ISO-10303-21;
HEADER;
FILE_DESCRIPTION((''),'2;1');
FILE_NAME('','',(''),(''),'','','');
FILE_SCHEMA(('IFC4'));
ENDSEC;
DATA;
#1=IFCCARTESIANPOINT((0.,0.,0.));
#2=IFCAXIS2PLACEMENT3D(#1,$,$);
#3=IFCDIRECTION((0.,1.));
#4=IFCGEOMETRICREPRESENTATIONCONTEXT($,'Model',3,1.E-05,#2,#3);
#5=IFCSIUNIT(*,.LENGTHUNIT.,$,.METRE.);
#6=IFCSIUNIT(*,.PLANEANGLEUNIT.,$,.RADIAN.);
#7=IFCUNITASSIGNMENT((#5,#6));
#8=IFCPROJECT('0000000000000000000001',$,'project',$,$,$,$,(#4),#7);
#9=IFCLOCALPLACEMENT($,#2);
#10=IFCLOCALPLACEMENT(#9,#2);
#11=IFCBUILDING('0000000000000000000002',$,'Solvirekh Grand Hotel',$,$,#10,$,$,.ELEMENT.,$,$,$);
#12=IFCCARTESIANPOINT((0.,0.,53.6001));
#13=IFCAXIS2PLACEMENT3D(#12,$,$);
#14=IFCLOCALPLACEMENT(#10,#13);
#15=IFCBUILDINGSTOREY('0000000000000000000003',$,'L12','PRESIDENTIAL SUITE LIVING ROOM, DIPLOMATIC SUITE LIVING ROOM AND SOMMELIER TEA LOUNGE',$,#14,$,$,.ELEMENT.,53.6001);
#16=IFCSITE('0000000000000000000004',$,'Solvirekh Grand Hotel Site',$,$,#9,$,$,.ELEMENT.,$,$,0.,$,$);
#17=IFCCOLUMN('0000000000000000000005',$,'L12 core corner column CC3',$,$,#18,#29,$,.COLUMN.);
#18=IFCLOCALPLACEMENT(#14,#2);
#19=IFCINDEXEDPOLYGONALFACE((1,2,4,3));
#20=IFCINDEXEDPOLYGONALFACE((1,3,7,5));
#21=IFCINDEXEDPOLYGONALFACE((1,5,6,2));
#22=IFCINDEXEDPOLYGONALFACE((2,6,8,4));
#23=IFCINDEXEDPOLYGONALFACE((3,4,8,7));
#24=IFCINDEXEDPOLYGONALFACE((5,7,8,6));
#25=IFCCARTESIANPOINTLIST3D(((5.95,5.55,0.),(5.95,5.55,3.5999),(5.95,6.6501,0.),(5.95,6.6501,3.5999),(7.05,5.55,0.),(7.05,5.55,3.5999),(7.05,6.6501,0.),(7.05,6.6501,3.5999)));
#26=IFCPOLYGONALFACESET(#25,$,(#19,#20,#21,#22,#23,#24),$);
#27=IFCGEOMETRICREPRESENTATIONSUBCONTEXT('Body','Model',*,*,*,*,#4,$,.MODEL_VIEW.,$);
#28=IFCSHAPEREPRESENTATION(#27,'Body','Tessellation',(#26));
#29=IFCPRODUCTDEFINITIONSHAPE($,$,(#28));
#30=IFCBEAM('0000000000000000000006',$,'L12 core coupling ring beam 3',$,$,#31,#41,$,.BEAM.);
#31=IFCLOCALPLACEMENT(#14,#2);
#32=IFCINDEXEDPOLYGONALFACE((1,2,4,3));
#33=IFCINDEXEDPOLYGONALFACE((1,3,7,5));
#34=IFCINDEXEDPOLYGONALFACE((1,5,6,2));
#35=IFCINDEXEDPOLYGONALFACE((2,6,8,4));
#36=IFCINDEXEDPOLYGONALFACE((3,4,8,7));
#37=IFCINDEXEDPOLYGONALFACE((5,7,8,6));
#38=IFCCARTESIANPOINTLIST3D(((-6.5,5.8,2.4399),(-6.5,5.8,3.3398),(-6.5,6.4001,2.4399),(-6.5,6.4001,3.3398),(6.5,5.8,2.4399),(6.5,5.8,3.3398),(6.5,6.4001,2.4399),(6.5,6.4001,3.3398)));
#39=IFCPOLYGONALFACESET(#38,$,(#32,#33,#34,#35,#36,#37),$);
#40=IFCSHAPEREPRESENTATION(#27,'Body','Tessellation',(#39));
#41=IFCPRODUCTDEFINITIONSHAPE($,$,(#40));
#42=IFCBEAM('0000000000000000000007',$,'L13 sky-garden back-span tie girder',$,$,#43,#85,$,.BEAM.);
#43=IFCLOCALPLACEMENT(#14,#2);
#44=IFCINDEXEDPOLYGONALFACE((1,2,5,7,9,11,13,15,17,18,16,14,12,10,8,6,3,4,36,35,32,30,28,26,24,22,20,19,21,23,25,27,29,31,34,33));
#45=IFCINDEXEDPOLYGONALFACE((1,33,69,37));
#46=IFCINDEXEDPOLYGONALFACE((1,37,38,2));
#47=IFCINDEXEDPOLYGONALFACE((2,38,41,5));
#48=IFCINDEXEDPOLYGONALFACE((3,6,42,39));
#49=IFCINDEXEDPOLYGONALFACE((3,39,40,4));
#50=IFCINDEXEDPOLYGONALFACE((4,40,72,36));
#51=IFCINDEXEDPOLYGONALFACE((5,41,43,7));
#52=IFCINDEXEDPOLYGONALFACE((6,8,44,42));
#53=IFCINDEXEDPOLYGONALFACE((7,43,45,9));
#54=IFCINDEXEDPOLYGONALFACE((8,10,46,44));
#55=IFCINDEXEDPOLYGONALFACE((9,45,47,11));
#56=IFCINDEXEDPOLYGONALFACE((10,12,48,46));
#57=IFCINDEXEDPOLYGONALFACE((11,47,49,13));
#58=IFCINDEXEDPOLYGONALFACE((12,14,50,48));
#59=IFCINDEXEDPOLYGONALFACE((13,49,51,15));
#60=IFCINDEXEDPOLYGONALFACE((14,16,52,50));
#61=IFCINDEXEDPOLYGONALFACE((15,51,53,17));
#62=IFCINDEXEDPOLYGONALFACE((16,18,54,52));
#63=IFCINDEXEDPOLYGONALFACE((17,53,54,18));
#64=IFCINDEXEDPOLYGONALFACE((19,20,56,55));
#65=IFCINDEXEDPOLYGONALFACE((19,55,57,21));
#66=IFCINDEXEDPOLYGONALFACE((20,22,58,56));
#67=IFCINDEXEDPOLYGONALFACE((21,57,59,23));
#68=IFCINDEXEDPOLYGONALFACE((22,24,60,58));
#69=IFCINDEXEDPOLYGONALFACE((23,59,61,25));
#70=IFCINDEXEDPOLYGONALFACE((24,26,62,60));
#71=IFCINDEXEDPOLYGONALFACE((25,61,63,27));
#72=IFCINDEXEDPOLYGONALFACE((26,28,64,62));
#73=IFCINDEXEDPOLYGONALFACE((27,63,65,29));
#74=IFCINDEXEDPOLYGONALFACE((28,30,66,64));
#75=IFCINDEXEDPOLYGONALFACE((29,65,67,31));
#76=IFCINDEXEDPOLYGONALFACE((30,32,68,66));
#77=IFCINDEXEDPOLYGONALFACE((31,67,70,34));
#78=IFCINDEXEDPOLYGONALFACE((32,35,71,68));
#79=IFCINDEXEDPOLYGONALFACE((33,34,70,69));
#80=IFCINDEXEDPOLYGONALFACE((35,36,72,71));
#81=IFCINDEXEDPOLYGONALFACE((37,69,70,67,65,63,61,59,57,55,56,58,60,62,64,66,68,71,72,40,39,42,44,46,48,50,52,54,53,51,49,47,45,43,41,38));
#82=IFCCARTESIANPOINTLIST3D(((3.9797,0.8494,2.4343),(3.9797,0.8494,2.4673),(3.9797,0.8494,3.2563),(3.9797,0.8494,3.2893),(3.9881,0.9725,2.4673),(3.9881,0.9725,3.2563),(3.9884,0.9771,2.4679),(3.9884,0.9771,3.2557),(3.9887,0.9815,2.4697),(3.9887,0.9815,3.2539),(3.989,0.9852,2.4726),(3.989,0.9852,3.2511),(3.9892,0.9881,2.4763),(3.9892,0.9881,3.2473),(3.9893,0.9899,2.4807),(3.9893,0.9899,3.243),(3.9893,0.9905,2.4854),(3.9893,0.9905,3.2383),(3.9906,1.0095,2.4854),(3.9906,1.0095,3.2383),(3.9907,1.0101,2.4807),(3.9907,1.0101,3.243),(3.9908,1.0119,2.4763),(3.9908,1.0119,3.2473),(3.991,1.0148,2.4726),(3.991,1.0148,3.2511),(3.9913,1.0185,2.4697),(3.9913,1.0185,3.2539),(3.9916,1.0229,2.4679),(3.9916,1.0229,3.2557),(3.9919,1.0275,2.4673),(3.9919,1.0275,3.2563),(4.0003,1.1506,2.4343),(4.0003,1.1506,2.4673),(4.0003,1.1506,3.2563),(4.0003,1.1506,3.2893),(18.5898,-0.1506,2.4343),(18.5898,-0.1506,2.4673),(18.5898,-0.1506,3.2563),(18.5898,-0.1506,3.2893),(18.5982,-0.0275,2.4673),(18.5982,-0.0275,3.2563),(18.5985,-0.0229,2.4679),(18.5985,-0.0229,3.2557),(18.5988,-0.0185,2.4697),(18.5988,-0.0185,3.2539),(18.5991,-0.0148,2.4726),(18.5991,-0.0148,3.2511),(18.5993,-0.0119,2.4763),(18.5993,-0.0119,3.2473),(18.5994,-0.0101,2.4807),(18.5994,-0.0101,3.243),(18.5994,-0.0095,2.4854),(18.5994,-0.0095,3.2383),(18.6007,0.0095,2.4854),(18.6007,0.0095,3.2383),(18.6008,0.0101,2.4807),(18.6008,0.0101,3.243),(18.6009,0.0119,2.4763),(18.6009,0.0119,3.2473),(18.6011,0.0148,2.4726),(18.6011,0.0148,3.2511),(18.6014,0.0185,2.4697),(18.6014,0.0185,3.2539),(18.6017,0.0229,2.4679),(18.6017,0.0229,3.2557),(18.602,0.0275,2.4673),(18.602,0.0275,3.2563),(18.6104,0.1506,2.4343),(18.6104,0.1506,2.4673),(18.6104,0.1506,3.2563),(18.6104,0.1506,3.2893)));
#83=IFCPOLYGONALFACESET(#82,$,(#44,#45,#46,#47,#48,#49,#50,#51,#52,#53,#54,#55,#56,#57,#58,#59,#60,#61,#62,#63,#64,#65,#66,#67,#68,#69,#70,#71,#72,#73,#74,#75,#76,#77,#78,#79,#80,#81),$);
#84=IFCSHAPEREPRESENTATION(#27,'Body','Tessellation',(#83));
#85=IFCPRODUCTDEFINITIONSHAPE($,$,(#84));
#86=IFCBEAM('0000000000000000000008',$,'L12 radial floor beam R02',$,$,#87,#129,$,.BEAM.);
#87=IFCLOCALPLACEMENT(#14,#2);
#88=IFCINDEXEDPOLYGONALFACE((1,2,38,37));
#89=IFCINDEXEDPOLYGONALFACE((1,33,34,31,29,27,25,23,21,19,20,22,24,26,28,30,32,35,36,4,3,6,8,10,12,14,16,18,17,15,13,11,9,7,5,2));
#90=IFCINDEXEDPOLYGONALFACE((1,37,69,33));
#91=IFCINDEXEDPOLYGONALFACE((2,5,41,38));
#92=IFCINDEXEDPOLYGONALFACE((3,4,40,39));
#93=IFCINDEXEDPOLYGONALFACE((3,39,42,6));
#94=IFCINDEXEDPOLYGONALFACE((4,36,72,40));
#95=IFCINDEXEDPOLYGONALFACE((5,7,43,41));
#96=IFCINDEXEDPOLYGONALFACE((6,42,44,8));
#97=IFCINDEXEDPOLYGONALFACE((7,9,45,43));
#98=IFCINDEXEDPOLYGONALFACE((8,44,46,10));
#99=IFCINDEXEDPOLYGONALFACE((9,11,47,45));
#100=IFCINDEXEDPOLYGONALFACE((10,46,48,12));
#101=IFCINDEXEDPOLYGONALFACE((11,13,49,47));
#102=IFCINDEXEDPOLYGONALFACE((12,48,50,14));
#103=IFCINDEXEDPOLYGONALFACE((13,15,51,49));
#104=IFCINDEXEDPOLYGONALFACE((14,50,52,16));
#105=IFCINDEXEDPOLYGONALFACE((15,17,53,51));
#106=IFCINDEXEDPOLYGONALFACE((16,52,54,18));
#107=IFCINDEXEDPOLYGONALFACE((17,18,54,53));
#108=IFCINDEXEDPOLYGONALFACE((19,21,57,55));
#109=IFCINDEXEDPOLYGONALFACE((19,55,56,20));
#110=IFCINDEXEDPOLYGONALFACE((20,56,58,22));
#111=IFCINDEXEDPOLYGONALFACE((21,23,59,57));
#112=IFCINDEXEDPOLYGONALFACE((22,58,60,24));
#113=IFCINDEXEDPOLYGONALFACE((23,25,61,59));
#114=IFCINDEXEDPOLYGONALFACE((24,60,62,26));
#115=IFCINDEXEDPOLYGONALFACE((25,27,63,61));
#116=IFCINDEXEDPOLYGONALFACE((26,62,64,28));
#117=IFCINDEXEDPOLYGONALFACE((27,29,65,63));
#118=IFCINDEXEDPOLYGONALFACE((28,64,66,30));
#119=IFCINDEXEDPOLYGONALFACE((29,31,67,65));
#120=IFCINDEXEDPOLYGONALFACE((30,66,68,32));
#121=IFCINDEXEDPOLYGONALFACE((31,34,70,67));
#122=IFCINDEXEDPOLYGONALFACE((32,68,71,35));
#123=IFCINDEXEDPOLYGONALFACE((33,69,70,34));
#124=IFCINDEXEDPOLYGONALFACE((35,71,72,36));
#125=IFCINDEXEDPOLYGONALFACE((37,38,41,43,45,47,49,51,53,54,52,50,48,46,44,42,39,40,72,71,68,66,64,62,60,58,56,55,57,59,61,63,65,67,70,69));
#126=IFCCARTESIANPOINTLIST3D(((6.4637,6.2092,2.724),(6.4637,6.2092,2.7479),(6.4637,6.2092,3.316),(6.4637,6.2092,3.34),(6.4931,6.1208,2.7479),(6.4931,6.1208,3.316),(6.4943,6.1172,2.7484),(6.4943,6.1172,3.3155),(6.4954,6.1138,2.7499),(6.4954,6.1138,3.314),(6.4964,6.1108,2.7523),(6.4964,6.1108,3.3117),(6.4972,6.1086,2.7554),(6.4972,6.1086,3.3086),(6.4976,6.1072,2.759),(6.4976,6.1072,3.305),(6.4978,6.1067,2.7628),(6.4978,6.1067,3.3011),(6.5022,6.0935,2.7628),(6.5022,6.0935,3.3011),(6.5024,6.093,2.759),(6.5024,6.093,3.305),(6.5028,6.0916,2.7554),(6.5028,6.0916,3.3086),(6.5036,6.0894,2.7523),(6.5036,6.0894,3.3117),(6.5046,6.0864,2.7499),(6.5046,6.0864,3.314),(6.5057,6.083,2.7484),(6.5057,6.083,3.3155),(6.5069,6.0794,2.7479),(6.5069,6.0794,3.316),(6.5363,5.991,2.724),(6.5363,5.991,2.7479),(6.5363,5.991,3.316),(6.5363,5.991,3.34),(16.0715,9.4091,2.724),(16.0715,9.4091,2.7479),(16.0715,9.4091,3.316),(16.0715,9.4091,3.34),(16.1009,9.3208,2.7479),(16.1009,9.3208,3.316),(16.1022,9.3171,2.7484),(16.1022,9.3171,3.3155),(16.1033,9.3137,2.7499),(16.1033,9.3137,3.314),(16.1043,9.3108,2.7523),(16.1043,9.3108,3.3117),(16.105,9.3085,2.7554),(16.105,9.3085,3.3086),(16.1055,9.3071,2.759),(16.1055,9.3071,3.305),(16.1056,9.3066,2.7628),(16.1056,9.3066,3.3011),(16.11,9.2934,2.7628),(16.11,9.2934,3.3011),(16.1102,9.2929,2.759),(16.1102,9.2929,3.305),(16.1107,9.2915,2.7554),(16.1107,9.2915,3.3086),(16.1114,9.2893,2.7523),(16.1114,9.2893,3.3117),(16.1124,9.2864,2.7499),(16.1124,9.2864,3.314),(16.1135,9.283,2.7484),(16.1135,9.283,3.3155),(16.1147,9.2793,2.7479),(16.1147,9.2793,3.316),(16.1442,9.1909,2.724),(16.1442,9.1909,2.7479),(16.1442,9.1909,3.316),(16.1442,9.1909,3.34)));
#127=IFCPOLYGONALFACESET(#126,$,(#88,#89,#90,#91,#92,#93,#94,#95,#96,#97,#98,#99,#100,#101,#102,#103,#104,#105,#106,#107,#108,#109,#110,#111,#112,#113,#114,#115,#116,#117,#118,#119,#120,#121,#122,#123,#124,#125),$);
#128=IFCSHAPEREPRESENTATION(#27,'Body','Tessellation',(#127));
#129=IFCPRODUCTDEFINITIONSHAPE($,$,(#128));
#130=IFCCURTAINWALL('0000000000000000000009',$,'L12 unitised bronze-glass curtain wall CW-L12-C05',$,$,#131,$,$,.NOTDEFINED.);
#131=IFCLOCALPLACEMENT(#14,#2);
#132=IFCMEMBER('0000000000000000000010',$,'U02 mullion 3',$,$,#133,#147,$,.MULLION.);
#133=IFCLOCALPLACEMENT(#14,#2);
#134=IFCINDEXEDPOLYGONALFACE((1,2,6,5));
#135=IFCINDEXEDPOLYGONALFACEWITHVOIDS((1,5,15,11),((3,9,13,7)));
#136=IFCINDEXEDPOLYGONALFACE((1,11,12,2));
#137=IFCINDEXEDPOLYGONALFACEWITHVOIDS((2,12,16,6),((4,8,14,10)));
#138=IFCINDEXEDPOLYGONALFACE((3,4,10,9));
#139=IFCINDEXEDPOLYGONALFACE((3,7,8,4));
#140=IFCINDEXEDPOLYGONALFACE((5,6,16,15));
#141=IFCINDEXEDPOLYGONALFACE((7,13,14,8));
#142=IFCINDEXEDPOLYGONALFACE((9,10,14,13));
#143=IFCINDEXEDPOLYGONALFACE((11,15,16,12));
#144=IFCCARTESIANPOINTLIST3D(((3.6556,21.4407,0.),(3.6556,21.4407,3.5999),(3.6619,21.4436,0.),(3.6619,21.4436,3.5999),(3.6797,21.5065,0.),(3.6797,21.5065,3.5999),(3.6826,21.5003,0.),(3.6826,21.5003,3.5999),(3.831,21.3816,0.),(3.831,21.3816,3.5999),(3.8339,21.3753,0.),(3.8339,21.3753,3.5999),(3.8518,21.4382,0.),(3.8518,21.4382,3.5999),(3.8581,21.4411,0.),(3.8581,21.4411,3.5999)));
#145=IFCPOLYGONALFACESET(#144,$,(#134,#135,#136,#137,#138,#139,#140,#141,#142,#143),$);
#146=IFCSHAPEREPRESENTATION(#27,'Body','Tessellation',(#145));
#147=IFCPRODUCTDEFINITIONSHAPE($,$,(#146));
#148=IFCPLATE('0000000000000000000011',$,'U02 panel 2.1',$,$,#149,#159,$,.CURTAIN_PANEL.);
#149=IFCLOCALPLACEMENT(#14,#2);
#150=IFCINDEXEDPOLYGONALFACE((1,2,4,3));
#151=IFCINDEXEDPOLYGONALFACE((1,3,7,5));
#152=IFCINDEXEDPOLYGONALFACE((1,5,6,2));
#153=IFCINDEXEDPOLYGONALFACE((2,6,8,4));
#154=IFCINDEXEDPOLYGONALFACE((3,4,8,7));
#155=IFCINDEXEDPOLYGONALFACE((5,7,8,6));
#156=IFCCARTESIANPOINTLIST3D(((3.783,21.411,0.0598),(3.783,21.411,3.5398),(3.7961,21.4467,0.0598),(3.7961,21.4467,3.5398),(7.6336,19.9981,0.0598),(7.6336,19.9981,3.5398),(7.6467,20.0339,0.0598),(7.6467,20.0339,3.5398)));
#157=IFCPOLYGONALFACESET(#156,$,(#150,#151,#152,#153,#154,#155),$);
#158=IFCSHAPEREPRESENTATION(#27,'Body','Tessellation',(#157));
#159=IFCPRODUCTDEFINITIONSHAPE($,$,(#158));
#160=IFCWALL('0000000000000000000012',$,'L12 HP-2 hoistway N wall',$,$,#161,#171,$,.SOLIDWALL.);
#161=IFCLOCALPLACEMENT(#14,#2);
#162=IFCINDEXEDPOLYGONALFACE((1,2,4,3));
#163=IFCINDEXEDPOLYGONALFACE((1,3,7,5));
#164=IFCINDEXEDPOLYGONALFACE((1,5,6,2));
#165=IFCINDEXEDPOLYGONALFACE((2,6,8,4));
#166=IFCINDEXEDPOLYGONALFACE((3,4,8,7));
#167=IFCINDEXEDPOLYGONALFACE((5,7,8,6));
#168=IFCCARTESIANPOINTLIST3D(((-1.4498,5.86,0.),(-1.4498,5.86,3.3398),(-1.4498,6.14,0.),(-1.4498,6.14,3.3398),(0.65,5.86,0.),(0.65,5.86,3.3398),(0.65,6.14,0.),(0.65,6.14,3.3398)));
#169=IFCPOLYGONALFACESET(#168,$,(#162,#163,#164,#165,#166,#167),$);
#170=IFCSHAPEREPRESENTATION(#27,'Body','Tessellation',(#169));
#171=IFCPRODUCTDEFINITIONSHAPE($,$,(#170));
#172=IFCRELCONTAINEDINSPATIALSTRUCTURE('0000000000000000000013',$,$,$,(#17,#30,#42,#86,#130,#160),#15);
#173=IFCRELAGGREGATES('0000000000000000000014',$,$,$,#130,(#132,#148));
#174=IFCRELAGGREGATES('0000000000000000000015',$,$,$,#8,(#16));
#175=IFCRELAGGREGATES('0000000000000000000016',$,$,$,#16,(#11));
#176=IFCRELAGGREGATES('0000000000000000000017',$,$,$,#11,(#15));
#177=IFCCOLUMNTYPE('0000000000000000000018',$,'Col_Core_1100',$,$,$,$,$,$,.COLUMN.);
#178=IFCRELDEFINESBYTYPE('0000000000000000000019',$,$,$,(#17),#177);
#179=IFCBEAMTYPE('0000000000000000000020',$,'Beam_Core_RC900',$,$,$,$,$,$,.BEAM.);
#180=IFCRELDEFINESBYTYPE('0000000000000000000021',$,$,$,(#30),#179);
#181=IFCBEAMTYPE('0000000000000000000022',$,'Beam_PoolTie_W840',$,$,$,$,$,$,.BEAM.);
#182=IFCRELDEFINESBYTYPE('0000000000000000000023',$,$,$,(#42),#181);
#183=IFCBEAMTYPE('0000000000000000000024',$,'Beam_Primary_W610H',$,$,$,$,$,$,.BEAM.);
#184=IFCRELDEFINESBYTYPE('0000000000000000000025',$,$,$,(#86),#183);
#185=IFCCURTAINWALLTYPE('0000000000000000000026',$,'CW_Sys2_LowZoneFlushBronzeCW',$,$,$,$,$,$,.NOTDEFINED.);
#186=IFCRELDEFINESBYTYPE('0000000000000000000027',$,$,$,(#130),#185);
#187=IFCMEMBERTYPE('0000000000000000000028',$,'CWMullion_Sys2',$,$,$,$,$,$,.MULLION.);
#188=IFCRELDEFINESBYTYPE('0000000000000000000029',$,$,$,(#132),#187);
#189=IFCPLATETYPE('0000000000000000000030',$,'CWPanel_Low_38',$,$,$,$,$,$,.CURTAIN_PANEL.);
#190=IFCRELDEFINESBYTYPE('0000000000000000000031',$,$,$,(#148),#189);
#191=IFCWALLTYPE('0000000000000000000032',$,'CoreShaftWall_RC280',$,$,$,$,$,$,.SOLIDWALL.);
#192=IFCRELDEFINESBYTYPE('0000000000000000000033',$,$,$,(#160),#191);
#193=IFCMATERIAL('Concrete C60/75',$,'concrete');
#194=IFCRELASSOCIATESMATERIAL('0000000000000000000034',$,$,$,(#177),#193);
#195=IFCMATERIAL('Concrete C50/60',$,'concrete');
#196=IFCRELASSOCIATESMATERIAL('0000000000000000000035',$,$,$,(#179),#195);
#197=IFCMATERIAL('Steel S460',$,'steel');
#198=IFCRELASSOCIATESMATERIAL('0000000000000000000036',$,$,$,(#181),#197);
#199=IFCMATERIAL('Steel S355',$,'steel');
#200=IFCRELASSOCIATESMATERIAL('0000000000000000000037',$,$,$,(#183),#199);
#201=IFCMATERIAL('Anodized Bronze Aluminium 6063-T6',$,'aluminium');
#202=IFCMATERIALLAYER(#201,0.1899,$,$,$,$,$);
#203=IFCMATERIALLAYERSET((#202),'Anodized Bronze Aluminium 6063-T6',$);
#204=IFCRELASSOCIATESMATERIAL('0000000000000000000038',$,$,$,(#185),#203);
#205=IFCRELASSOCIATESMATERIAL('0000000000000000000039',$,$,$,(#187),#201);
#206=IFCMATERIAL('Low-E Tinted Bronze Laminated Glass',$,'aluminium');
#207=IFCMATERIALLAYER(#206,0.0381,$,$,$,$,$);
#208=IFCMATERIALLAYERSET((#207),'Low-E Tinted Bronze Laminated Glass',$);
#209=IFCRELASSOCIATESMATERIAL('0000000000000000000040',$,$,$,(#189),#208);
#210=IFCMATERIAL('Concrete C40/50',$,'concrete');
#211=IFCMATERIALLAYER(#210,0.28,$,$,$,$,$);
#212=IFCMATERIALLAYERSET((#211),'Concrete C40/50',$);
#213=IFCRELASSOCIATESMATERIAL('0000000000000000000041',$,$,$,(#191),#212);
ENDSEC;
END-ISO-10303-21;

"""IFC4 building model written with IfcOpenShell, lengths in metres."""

from ifc_helpers import new_model, si_unit, direction, frame, frame_2d, origin, origin_2d, place, context, subcontext, project, spatial, rectangle, hollow_rectangle, i_section, extrude, source, transform, mapped, material, layer, layer_set, material_profile, profile_set, type_object, element, aggregate, save


model = new_model("IFC4")

# Units and contexts
model_context = context("Model", 3, precision=1e-05, world=origin(), true_north=direction((0.0, 1.0)))
body_context = subcontext(model_context, "Body", "Model", "MODEL_VIEW")
ifc_project = project(units=[si_unit("LENGTHUNIT", "METRE"), si_unit("PLANEANGLEUNIT", "RADIAN")], contexts=[model_context])

# Site, building, storey
site_placement = place(None, origin())
site = spatial("IfcSite", under=ifc_project, at=site_placement, Name="Solvirekh Grand Hotel Site", CompositionType="ELEMENT", RefElevation=0.0)
building_placement = place(site_placement, origin())
building = spatial("IfcBuilding", under=site, at=building_placement, Name="Solvirekh Grand Hotel", CompositionType="ELEMENT")
storey_placement = place(building_placement, frame((0.0, 0.0, 53.6001)))
storey = spatial("IfcBuildingStorey", under=building, at=storey_placement, Name="L12", Description="PRESIDENTIAL SUITE LIVING ROOM, DIPLOMATIC SUITE LIVING ROOM AND SOMMELIER TEA LOUNGE", CompositionType="ELEMENT", Elevation=53.6001)

# Column
ifc_material_1 = material(Name="Concrete C60/75", Category="concrete")
ifc_material_profile_1 = material_profile(ifc_material_1, rectangle(XDim=1.1001, YDim=1.1001, at=origin_2d()), Name="RC 1100X1100")
ifc_profile_set_1 = profile_set([ifc_material_profile_1], Name="Concrete C60/75")
column_type = type_object("IfcColumnType", Name="Col_Core_1100", PredefinedType="COLUMN", material=ifc_profile_set_1)
column_placement = place(storey_placement, frame((6.5, 6.1001, 0.0), z_axis=(0.0, 0.0, 1.0), x_axis=(1.0, 0.0, 0.0)))
element("IfcColumn", 1, at=column_placement, inside=storey, type_object=column_type, Name="L12 core corner column CC3", PredefinedType="COLUMN", context=body_context, shape_type="SweptSolid", body=[
    extrude(rectangle(XDim=1.1001, YDim=1.1001, at=origin_2d()), origin(), (0.0, 0.0, 1.0), 3.5999),
])

# Beams
ifc_material_2 = material(Name="Concrete C50/60", Category="concrete")
ifc_material_profile_2 = material_profile(ifc_material_2, rectangle(XDim=0.6001, YDim=0.8999, at=origin_2d()), Name="RC BEAM 600X900")
ifc_profile_set_2 = profile_set([ifc_material_profile_2], Name="Concrete C50/60")
beam_type_1 = type_object("IfcBeamType", Name="Beam_Core_RC900", PredefinedType="BEAM", material=ifc_profile_set_2)
beam_1_placement = place(storey_placement, frame((6.5, 6.1001, 2.8899), z_axis=(-1.0, 0.0, 0.0), x_axis=(0.0, -1.0, 0.0)))
element("IfcBeam", 2, at=beam_1_placement, inside=storey, type_object=beam_type_1, Name="L12 core coupling ring beam 3", PredefinedType="BEAM", context=body_context, shape_type="SweptSolid", body=[
    extrude(rectangle(XDim=0.6001, YDim=0.8999, at=origin_2d()), origin(), (0.0, 0.0, 1.0), 13.0),
])
ifc_material_3 = material(Name="Steel S460", Category="steel")
ifc_material_profile_3 = material_profile(ifc_material_3, i_section(OverallWidth=0.302, OverallDepth=0.855, WebThickness=0.019, FlangeThickness=0.033, FilletRadius=0.0181, at=origin_2d()), Name="W840X299")
ifc_profile_set_3 = profile_set([ifc_material_profile_3], Name="Steel S460")
beam_type_2 = type_object("IfcBeamType", Name="Beam_PoolTie_W840", PredefinedType="BEAM", material=ifc_profile_set_3)
beam_2_placement = place(storey_placement, frame((3.99, 1.0, 2.8618), z_axis=(0.997666, -0.068286, 0.0), x_axis=(0.068286, 0.997666, 0.0)))
element("IfcBeam", 3, at=beam_2_placement, inside=storey, type_object=beam_type_2, Name="L13 sky-garden back-span tie girder", PredefinedType="BEAM", context=body_context, shape_type="SweptSolid", body=[
    extrude(i_section(OverallWidth=0.302, OverallDepth=0.855, WebThickness=0.019, FlangeThickness=0.033, FilletRadius=0.0181, at=origin_2d()), origin(), (0.0, 0.0, 1.0), 14.6443),
])
ifc_material_4 = material(Name="Steel S355", Category="steel")
ifc_material_profile_4 = material_profile(ifc_material_4, i_section(OverallWidth=0.23, OverallDepth=0.616, WebThickness=0.0139, FlangeThickness=0.0239, FilletRadius=0.0149, at=origin_2d()), Name="W610X174")
ifc_profile_set_4 = profile_set([ifc_material_profile_4], Name="Steel S355")
beam_type_3 = type_object("IfcBeamType", Name="Beam_Primary_W610H", PredefinedType="BEAM", material=ifc_profile_set_4)
beam_3_placement = place(storey_placement, frame((6.5, 6.1001, 3.032), z_axis=(0.948763, 0.315989, 0.0), x_axis=(-0.315989, 0.948763, 0.0)))
element("IfcBeam", 4, at=beam_3_placement, inside=storey, type_object=beam_type_3, Name="L12 radial floor beam R02", PredefinedType="BEAM", context=body_context, shape_type="SweptSolid", body=[
    extrude(i_section(OverallWidth=0.23, OverallDepth=0.616, WebThickness=0.0139, FlangeThickness=0.0239, FilletRadius=0.0149, at=origin_2d()), origin(), (0.0, 0.0, 1.0), 10.1267),
])

# Curtain wall, member, plate
ifc_material_5 = material(Name="Anodized Bronze Aluminium 6063-T6", Category="aluminium")
ifc_layer_1 = layer(ifc_material_5, 0.1899)
ifc_layer_set_1 = layer_set([ifc_layer_1], Name="Anodized Bronze Aluminium 6063-T6")
curtain_wall_type = type_object("IfcCurtainWallType", Name="CW_Sys2_LowZoneFlushBronzeCW", PredefinedType="NOTDEFINED", material=ifc_layer_set_1)
curtain_wall_placement = place(storey_placement, origin())
curtain_wall = element("IfcCurtainWall", 5, at=curtain_wall_placement, inside=storey, type_object=curtain_wall_type, Name="L12 unitised bronze-glass curtain wall CW-L12-C05", PredefinedType="NOTDEFINED")
ifc_material_profile_5 = material_profile(ifc_material_5, hollow_rectangle(XDim=0.0701, YDim=0.1899, WallThickness=0.0049, at=origin_2d()), Name="ALU RHS 190X70X5")
ifc_profile_set_5 = profile_set([ifc_material_profile_5], Name="Anodized Bronze Aluminium 6063-T6")
member_type = type_object("IfcMemberType", Name="CWMullion_Sys2", PredefinedType="MULLION", material=ifc_profile_set_5)
shared_shape_1 = source(origin(), body_context, "Body", "SweptSolid", [
    extrude(hollow_rectangle(XDim=0.0701, YDim=0.1899, WallThickness=0.0049, at=origin_2d()), origin(), (0.0, 0.0, 1.0), 3.5999),
])
member_placement = place(storey_placement, frame((3.7568, 21.4409, 0.0), z_axis=(0.0, 0.0, 1.0), x_axis=(-0.344471, -0.938797, 0.0)))
member = element("IfcMember", 6, at=member_placement, type_object=member_type, Name="U02 mullion 3", PredefinedType="MULLION", context=body_context, shape_type="MappedRepresentation", body=[
    mapped(shared_shape_1, transform((0.0, 0.0, 0.0), x_axis=(1.0, 0.0, 0.0), y_axis=(0.0, 1.0, 0.0), z_axis=(0.0, 0.0, 1.0), scale=1.0)),
])
ifc_material_6 = material(Name="Low-E Tinted Bronze Laminated Glass", Category="aluminium")
ifc_layer_2 = layer(ifc_material_6, 0.0381)
ifc_layer_set_2 = layer_set([ifc_layer_2], Name="Low-E Tinted Bronze Laminated Glass")
plate_type = type_object("IfcPlateType", Name="CWPanel_Low_38", PredefinedType="CURTAIN_PANEL", material=ifc_layer_set_2)
shared_shape_2 = source(origin(), body_context, "Body", "SweptSolid", [
    extrude(rectangle(XDim=4.1016, YDim=0.0381, at=origin_2d()), origin(), (0.0, 0.0, 1.0), 3.48),
])
plate_placement = place(storey_placement, frame((5.7148, 20.7224, 0.0598), z_axis=(0.0, 0.0, 1.0), x_axis=(-0.938797, 0.344471, 0.0)))
plate = element("IfcPlate", 7, at=plate_placement, type_object=plate_type, Name="U02 panel 2.1", PredefinedType="CURTAIN_PANEL", context=body_context, shape_type="MappedRepresentation", body=[
    mapped(shared_shape_2, transform((0.0, 0.0, 0.0), x_axis=(1.0, 0.0, 0.0), y_axis=(0.0, 1.0, 0.0), z_axis=(0.0, 0.0, 1.0), scale=1.0)),
])
aggregate(curtain_wall, [member, plate])

# Wall
ifc_material_7 = material(Name="Concrete C40/50", Category="concrete")
ifc_layer_3 = layer(ifc_material_7, 0.28)
ifc_layer_set_3 = layer_set([ifc_layer_3], Name="Concrete C40/50")
wall_type_1 = type_object("IfcWallType", Name="CoreShaftWall_RC280", PredefinedType="SOLIDWALL", material=ifc_layer_set_3)
wall_1_placement = place(storey_placement, frame((0.6499, 6.0, 0.0), z_axis=(0.0, 0.0, 1.0), x_axis=(-1.0, 0.0, 0.0)))
element("IfcWall", 8, at=wall_1_placement, inside=storey, type_object=wall_type_1, Name="L12 HP-2 hoistway N wall", PredefinedType="SOLIDWALL", context=body_context, shape_type="SweptSolid", body=[
    extrude(rectangle(XDim=2.0999, YDim=0.28, at=frame_2d((1.0498, 0.0))), origin(), (0.0, 0.0, 1.0), 3.3398),
])

save(model, "model.ifc")
